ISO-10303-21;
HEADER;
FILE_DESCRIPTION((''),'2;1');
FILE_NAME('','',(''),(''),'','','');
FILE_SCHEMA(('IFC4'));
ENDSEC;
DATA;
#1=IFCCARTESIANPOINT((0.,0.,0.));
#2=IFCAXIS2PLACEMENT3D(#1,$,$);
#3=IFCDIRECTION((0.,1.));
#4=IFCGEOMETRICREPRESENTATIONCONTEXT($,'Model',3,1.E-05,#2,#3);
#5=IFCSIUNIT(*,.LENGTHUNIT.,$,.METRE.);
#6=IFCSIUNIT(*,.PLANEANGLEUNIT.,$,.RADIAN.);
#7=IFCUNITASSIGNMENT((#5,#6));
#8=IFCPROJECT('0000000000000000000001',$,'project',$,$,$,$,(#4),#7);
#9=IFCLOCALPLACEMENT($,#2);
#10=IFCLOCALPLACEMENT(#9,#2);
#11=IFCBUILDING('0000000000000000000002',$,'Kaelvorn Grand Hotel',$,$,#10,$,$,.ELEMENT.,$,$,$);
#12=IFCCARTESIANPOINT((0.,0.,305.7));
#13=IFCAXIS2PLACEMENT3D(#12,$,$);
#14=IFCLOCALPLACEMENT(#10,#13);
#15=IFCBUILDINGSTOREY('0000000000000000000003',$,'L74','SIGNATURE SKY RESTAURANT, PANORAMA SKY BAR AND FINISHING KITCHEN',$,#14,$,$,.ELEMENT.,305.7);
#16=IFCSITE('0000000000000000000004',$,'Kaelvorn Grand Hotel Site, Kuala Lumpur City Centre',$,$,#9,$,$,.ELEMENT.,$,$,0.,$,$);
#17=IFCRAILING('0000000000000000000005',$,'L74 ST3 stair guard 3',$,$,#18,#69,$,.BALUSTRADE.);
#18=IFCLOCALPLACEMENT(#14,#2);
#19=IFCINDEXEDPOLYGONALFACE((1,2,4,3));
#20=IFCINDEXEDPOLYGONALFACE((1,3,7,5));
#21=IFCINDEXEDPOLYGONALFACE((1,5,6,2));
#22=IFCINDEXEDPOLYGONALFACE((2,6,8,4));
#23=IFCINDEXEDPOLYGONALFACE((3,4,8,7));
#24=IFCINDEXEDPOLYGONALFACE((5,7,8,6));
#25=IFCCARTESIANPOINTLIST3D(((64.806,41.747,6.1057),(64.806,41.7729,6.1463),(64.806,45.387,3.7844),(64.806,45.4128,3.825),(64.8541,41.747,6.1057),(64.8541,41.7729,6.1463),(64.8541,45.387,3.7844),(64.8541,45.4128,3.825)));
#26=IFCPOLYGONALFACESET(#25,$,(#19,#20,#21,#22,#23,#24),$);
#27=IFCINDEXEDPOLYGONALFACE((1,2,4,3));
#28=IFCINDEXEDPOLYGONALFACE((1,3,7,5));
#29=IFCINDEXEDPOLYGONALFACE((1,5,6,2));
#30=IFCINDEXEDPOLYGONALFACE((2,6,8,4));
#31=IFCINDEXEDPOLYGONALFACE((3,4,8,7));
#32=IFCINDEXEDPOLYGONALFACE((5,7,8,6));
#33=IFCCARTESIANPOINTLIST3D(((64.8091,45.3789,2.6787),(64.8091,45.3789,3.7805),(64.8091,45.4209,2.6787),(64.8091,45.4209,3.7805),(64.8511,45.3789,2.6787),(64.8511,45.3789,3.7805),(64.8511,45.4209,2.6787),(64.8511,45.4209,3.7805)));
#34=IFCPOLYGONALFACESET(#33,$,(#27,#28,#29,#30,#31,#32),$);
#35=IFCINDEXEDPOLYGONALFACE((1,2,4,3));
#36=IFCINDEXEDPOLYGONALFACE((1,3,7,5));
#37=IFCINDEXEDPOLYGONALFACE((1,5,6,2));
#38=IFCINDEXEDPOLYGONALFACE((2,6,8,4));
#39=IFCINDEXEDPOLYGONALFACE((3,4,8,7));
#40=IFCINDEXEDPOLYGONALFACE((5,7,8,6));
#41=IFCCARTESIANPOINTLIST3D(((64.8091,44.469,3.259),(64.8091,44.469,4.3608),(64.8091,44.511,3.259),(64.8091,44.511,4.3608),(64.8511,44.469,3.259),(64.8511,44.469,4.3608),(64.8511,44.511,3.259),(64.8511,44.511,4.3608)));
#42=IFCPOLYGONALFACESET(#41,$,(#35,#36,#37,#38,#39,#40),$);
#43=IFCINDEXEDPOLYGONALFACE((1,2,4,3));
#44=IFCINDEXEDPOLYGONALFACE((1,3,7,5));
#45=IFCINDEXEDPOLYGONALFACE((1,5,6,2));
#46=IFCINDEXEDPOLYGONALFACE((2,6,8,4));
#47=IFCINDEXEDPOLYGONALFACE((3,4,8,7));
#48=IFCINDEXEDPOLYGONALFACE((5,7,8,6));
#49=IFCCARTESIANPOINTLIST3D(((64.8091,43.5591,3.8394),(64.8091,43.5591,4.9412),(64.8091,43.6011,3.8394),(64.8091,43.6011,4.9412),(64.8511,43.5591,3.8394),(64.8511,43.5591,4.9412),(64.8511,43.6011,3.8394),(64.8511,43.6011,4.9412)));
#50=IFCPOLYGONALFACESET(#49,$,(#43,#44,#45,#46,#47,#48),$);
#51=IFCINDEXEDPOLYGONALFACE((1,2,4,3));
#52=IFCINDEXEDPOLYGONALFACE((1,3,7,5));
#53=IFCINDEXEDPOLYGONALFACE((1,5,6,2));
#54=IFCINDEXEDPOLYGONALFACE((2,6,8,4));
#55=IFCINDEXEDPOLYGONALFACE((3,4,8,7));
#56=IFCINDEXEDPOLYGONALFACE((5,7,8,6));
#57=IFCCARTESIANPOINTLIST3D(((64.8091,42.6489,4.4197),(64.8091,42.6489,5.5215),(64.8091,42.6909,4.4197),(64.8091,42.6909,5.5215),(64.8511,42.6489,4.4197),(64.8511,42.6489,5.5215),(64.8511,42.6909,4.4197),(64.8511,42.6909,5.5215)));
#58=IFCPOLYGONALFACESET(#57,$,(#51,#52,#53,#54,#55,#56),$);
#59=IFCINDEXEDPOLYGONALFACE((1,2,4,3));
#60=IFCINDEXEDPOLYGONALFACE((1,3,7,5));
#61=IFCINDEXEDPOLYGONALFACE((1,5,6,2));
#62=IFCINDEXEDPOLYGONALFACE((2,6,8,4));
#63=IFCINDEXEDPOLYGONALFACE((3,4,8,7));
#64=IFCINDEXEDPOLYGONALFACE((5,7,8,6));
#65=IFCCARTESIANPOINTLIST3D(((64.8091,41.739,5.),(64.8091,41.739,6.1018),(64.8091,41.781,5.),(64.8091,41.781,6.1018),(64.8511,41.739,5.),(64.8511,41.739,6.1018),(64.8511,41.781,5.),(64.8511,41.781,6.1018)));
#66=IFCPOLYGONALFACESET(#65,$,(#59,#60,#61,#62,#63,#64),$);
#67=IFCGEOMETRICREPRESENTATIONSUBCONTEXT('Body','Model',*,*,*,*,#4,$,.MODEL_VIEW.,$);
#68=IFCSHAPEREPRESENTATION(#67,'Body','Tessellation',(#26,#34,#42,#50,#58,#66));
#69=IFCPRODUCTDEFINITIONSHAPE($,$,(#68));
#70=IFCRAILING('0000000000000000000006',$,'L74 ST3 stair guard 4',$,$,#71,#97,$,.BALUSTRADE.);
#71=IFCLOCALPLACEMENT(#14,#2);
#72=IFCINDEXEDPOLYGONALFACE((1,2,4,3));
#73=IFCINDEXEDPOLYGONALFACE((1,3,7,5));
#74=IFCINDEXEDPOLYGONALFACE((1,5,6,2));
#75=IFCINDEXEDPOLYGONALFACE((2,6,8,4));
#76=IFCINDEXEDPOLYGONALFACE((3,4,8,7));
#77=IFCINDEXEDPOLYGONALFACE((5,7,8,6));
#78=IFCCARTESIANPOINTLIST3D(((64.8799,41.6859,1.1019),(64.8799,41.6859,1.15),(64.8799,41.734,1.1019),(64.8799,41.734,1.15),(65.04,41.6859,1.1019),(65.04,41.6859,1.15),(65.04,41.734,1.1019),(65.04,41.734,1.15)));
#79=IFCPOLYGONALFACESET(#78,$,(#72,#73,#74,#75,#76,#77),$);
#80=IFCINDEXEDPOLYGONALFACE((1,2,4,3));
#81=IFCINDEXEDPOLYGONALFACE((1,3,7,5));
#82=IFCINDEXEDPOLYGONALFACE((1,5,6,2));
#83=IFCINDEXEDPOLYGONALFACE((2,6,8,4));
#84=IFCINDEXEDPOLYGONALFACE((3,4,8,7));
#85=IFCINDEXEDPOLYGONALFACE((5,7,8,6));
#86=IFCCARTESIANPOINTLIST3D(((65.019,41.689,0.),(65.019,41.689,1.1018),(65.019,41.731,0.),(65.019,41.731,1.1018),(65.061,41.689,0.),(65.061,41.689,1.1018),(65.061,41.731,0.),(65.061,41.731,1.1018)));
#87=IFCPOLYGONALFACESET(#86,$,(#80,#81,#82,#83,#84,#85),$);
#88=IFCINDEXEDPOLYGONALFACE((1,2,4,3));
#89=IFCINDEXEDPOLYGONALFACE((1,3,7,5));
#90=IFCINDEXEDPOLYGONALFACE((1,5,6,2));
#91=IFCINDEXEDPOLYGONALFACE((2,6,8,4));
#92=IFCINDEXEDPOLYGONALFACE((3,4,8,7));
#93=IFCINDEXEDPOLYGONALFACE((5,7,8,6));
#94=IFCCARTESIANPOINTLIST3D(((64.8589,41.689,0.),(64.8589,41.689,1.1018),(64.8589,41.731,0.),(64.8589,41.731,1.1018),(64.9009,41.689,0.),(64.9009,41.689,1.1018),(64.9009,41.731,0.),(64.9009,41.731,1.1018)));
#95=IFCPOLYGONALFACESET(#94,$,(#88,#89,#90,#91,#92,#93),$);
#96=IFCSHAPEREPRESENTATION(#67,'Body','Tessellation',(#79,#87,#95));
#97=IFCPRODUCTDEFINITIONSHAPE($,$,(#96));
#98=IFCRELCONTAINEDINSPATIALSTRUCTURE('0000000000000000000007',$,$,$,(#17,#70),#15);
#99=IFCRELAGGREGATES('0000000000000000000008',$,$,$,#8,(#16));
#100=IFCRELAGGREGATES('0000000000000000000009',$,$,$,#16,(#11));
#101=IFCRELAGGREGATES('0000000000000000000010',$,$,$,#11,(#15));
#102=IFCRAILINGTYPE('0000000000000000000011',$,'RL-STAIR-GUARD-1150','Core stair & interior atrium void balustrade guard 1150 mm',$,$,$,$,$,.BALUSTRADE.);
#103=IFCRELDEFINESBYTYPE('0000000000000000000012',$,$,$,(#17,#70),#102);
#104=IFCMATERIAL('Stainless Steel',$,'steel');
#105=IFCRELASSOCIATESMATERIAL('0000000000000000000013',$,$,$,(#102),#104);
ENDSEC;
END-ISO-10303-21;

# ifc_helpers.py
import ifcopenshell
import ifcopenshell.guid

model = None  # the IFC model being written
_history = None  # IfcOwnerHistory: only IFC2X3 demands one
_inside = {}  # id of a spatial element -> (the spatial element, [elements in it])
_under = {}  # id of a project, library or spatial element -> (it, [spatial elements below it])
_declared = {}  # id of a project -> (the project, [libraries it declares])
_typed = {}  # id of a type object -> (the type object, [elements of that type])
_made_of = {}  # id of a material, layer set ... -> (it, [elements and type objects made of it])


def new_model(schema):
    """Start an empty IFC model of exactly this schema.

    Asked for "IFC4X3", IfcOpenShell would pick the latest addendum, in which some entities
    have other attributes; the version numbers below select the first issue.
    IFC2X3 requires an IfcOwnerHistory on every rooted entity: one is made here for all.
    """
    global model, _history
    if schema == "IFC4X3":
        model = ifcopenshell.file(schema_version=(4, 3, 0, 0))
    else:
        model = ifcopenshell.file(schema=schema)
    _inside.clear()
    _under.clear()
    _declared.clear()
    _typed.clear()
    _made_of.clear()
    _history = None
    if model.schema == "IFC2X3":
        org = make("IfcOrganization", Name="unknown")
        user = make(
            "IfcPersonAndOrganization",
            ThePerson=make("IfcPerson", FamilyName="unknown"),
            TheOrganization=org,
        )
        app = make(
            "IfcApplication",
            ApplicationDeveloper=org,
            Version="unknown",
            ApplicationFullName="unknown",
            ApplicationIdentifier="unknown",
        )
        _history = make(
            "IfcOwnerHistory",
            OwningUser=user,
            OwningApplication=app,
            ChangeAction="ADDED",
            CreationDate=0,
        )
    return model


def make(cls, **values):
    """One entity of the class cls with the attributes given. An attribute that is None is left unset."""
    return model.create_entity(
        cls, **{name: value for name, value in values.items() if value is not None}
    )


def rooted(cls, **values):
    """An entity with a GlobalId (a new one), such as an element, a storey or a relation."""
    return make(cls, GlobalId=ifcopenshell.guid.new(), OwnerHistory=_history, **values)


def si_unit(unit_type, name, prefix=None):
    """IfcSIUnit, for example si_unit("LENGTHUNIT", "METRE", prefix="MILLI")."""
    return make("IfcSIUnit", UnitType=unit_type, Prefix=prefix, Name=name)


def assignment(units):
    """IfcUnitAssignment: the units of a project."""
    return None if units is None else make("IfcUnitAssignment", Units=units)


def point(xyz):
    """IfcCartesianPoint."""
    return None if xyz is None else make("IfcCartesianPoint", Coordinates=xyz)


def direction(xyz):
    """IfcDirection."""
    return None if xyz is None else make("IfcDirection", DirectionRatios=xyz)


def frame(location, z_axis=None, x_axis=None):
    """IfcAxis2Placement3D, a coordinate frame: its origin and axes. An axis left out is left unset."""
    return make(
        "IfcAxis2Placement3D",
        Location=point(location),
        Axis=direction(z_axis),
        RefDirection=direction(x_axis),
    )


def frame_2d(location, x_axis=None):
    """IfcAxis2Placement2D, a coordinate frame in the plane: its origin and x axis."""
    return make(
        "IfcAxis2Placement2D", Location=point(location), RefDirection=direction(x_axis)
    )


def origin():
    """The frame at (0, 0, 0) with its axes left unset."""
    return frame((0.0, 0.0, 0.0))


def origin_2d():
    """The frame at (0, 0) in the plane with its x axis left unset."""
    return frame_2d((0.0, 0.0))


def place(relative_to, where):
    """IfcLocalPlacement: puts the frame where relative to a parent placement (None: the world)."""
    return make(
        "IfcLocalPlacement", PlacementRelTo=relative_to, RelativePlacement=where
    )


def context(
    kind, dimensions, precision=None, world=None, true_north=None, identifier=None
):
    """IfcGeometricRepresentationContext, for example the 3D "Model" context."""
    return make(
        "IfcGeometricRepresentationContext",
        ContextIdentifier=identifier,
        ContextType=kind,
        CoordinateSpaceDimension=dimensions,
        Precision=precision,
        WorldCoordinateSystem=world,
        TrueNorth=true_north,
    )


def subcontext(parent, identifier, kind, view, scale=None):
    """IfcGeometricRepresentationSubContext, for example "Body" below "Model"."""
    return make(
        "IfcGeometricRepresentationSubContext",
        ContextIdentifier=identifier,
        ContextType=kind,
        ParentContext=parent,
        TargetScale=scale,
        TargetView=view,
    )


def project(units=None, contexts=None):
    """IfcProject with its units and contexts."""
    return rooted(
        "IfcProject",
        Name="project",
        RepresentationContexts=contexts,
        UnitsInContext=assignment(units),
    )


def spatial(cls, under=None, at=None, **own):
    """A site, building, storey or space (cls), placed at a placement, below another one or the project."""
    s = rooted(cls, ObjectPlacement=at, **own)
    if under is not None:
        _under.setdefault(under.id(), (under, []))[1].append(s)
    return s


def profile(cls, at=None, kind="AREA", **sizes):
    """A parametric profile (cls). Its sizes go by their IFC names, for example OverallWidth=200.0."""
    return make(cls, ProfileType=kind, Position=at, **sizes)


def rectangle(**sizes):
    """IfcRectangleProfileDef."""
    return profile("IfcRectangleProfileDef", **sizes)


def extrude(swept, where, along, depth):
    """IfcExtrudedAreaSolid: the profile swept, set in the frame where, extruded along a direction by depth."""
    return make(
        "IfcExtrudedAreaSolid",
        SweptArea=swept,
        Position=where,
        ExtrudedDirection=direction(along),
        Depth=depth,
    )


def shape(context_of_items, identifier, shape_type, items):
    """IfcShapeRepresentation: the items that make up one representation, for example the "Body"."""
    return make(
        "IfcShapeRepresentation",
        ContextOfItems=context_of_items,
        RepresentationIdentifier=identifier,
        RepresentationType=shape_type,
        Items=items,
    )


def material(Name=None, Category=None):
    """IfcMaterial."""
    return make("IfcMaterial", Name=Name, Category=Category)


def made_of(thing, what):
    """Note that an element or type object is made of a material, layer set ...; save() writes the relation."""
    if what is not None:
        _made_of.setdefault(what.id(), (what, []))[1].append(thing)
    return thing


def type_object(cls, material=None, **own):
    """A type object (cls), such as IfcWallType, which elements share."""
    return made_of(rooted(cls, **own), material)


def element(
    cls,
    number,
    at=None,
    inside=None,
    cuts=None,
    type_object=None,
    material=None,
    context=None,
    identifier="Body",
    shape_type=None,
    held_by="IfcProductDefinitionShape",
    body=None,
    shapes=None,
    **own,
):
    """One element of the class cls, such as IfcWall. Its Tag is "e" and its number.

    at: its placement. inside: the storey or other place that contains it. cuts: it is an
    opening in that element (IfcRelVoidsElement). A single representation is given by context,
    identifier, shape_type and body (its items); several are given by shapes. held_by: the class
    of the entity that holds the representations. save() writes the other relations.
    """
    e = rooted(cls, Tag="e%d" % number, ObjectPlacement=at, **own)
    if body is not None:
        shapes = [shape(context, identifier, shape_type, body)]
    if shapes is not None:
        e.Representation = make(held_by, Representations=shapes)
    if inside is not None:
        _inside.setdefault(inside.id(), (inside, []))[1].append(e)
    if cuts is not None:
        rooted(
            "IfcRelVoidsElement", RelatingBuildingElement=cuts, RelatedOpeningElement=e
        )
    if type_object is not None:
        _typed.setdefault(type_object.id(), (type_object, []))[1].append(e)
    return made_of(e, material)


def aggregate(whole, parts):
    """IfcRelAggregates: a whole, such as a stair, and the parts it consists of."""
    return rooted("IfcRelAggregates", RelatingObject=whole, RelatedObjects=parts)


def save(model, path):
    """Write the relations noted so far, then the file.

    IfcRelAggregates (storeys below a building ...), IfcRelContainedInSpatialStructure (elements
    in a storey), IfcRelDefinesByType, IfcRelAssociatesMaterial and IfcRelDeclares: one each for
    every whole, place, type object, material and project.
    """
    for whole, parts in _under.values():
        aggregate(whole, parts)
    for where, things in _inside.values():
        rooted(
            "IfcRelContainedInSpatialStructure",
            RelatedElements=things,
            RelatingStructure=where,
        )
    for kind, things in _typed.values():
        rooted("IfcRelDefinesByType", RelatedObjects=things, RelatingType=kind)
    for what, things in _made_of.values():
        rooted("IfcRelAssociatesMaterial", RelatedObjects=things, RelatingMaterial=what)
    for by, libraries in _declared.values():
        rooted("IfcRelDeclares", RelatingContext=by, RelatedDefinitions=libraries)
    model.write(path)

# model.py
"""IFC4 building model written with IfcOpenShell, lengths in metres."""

from ifc_helpers import new_model, si_unit, direction, frame, origin, origin_2d, place, context, subcontext, project, spatial, rectangle, extrude, material, type_object, element, save


model = new_model("IFC4")

# Units and contexts
model_context = context("Model", 3, precision=1e-05, world=origin(), true_north=direction((0.0, 1.0)))
body_context = subcontext(model_context, "Body", "Model", "MODEL_VIEW")
ifc_project = project(units=[si_unit("LENGTHUNIT", "METRE"), si_unit("PLANEANGLEUNIT", "RADIAN")], contexts=[model_context])

# Site, building, storey
site_placement = place(None, origin())
site = spatial("IfcSite", under=ifc_project, at=site_placement, Name="Kaelvorn Grand Hotel Site, Kuala Lumpur City Centre", CompositionType="ELEMENT", RefElevation=0.0)
building_placement = place(site_placement, origin())
building = spatial("IfcBuilding", under=site, at=building_placement, Name="Kaelvorn Grand Hotel", CompositionType="ELEMENT")
storey_placement = place(building_placement, frame((0.0, 0.0, 305.7)))
storey = spatial("IfcBuildingStorey", under=building, at=storey_placement, Name="L74", Description="SIGNATURE SKY RESTAURANT, PANORAMA SKY BAR AND FINISHING KITCHEN", CompositionType="ELEMENT", Elevation=305.7)

# Shared definitions
ifc_material_1 = material(Name="Stainless Steel", Category="steel")

# Railings
railing_type_1 = type_object("IfcRailingType", Name="RL-STAIR-GUARD-1150", Description="Core stair & interior atrium void balustrade guard 1150 mm", PredefinedType="BALUSTRADE", material=ifc_material_1)
railing_1_placement = place(storey_placement, frame((64.8301, 45.3999, 2.6787)))
element("IfcRailing", 1, at=railing_1_placement, inside=storey, type_object=railing_type_1, Name="L74 ST3 stair guard 3", PredefinedType="BALUSTRADE", context=body_context, shape_type="SweptSolid", body=[
    extrude(rectangle(XDim=0.0481, YDim=0.0481, at=origin_2d()), frame((0.0, 0.0, 1.126), z_axis=(0.0, -0.843137, 0.537699), x_axis=(1.0, 0.0, 0.0)), (0.0, 0.0, 1.0), 4.3171),
    extrude(rectangle(XDim=0.042, YDim=0.042, at=origin_2d()), origin(), (0.0, 0.0, 1.0), 1.1018),
    extrude(rectangle(XDim=0.042, YDim=0.042, at=origin_2d()), frame((0.0, -0.9099, 0.5803)), (0.0, 0.0, 1.0), 1.1018),
    extrude(rectangle(XDim=0.042, YDim=0.042, at=origin_2d()), frame((0.0, -1.8198, 1.1606)), (0.0, 0.0, 1.0), 1.1018),
    extrude(rectangle(XDim=0.042, YDim=0.042, at=origin_2d()), frame((0.0, -2.73, 1.741)), (0.0, 0.0, 1.0), 1.1018),
    extrude(rectangle(XDim=0.042, YDim=0.042, at=origin_2d()), frame((0.0, -3.6399, 2.3213)), (0.0, 0.0, 1.0), 1.1018),
])
railing_2_placement = place(storey_placement, frame((65.04, 41.71, 0.0)))
element("IfcRailing", 2, at=railing_2_placement, inside=storey, type_object=railing_type_1, Name="L74 ST3 stair guard 4", PredefinedType="BALUSTRADE", context=body_context, shape_type="SweptSolid", body=[
    extrude(rectangle(XDim=0.0481, YDim=0.0481, at=origin_2d()), frame((0.0, 0.0, 1.126), z_axis=(-1.0, 0.0, 0.0), x_axis=(0.0, -1.0, 0.0)), (0.0, 0.0, 1.0), 0.1602),
    extrude(rectangle(XDim=0.042, YDim=0.042, at=origin_2d()), origin(), (0.0, 0.0, 1.0), 1.1018),
    extrude(rectangle(XDim=0.042, YDim=0.042, at=origin_2d()), frame((-0.1602, 0.0, 0.0)), (0.0, 0.0, 1.0), 1.1018),
])

save(model, "model.ifc")
